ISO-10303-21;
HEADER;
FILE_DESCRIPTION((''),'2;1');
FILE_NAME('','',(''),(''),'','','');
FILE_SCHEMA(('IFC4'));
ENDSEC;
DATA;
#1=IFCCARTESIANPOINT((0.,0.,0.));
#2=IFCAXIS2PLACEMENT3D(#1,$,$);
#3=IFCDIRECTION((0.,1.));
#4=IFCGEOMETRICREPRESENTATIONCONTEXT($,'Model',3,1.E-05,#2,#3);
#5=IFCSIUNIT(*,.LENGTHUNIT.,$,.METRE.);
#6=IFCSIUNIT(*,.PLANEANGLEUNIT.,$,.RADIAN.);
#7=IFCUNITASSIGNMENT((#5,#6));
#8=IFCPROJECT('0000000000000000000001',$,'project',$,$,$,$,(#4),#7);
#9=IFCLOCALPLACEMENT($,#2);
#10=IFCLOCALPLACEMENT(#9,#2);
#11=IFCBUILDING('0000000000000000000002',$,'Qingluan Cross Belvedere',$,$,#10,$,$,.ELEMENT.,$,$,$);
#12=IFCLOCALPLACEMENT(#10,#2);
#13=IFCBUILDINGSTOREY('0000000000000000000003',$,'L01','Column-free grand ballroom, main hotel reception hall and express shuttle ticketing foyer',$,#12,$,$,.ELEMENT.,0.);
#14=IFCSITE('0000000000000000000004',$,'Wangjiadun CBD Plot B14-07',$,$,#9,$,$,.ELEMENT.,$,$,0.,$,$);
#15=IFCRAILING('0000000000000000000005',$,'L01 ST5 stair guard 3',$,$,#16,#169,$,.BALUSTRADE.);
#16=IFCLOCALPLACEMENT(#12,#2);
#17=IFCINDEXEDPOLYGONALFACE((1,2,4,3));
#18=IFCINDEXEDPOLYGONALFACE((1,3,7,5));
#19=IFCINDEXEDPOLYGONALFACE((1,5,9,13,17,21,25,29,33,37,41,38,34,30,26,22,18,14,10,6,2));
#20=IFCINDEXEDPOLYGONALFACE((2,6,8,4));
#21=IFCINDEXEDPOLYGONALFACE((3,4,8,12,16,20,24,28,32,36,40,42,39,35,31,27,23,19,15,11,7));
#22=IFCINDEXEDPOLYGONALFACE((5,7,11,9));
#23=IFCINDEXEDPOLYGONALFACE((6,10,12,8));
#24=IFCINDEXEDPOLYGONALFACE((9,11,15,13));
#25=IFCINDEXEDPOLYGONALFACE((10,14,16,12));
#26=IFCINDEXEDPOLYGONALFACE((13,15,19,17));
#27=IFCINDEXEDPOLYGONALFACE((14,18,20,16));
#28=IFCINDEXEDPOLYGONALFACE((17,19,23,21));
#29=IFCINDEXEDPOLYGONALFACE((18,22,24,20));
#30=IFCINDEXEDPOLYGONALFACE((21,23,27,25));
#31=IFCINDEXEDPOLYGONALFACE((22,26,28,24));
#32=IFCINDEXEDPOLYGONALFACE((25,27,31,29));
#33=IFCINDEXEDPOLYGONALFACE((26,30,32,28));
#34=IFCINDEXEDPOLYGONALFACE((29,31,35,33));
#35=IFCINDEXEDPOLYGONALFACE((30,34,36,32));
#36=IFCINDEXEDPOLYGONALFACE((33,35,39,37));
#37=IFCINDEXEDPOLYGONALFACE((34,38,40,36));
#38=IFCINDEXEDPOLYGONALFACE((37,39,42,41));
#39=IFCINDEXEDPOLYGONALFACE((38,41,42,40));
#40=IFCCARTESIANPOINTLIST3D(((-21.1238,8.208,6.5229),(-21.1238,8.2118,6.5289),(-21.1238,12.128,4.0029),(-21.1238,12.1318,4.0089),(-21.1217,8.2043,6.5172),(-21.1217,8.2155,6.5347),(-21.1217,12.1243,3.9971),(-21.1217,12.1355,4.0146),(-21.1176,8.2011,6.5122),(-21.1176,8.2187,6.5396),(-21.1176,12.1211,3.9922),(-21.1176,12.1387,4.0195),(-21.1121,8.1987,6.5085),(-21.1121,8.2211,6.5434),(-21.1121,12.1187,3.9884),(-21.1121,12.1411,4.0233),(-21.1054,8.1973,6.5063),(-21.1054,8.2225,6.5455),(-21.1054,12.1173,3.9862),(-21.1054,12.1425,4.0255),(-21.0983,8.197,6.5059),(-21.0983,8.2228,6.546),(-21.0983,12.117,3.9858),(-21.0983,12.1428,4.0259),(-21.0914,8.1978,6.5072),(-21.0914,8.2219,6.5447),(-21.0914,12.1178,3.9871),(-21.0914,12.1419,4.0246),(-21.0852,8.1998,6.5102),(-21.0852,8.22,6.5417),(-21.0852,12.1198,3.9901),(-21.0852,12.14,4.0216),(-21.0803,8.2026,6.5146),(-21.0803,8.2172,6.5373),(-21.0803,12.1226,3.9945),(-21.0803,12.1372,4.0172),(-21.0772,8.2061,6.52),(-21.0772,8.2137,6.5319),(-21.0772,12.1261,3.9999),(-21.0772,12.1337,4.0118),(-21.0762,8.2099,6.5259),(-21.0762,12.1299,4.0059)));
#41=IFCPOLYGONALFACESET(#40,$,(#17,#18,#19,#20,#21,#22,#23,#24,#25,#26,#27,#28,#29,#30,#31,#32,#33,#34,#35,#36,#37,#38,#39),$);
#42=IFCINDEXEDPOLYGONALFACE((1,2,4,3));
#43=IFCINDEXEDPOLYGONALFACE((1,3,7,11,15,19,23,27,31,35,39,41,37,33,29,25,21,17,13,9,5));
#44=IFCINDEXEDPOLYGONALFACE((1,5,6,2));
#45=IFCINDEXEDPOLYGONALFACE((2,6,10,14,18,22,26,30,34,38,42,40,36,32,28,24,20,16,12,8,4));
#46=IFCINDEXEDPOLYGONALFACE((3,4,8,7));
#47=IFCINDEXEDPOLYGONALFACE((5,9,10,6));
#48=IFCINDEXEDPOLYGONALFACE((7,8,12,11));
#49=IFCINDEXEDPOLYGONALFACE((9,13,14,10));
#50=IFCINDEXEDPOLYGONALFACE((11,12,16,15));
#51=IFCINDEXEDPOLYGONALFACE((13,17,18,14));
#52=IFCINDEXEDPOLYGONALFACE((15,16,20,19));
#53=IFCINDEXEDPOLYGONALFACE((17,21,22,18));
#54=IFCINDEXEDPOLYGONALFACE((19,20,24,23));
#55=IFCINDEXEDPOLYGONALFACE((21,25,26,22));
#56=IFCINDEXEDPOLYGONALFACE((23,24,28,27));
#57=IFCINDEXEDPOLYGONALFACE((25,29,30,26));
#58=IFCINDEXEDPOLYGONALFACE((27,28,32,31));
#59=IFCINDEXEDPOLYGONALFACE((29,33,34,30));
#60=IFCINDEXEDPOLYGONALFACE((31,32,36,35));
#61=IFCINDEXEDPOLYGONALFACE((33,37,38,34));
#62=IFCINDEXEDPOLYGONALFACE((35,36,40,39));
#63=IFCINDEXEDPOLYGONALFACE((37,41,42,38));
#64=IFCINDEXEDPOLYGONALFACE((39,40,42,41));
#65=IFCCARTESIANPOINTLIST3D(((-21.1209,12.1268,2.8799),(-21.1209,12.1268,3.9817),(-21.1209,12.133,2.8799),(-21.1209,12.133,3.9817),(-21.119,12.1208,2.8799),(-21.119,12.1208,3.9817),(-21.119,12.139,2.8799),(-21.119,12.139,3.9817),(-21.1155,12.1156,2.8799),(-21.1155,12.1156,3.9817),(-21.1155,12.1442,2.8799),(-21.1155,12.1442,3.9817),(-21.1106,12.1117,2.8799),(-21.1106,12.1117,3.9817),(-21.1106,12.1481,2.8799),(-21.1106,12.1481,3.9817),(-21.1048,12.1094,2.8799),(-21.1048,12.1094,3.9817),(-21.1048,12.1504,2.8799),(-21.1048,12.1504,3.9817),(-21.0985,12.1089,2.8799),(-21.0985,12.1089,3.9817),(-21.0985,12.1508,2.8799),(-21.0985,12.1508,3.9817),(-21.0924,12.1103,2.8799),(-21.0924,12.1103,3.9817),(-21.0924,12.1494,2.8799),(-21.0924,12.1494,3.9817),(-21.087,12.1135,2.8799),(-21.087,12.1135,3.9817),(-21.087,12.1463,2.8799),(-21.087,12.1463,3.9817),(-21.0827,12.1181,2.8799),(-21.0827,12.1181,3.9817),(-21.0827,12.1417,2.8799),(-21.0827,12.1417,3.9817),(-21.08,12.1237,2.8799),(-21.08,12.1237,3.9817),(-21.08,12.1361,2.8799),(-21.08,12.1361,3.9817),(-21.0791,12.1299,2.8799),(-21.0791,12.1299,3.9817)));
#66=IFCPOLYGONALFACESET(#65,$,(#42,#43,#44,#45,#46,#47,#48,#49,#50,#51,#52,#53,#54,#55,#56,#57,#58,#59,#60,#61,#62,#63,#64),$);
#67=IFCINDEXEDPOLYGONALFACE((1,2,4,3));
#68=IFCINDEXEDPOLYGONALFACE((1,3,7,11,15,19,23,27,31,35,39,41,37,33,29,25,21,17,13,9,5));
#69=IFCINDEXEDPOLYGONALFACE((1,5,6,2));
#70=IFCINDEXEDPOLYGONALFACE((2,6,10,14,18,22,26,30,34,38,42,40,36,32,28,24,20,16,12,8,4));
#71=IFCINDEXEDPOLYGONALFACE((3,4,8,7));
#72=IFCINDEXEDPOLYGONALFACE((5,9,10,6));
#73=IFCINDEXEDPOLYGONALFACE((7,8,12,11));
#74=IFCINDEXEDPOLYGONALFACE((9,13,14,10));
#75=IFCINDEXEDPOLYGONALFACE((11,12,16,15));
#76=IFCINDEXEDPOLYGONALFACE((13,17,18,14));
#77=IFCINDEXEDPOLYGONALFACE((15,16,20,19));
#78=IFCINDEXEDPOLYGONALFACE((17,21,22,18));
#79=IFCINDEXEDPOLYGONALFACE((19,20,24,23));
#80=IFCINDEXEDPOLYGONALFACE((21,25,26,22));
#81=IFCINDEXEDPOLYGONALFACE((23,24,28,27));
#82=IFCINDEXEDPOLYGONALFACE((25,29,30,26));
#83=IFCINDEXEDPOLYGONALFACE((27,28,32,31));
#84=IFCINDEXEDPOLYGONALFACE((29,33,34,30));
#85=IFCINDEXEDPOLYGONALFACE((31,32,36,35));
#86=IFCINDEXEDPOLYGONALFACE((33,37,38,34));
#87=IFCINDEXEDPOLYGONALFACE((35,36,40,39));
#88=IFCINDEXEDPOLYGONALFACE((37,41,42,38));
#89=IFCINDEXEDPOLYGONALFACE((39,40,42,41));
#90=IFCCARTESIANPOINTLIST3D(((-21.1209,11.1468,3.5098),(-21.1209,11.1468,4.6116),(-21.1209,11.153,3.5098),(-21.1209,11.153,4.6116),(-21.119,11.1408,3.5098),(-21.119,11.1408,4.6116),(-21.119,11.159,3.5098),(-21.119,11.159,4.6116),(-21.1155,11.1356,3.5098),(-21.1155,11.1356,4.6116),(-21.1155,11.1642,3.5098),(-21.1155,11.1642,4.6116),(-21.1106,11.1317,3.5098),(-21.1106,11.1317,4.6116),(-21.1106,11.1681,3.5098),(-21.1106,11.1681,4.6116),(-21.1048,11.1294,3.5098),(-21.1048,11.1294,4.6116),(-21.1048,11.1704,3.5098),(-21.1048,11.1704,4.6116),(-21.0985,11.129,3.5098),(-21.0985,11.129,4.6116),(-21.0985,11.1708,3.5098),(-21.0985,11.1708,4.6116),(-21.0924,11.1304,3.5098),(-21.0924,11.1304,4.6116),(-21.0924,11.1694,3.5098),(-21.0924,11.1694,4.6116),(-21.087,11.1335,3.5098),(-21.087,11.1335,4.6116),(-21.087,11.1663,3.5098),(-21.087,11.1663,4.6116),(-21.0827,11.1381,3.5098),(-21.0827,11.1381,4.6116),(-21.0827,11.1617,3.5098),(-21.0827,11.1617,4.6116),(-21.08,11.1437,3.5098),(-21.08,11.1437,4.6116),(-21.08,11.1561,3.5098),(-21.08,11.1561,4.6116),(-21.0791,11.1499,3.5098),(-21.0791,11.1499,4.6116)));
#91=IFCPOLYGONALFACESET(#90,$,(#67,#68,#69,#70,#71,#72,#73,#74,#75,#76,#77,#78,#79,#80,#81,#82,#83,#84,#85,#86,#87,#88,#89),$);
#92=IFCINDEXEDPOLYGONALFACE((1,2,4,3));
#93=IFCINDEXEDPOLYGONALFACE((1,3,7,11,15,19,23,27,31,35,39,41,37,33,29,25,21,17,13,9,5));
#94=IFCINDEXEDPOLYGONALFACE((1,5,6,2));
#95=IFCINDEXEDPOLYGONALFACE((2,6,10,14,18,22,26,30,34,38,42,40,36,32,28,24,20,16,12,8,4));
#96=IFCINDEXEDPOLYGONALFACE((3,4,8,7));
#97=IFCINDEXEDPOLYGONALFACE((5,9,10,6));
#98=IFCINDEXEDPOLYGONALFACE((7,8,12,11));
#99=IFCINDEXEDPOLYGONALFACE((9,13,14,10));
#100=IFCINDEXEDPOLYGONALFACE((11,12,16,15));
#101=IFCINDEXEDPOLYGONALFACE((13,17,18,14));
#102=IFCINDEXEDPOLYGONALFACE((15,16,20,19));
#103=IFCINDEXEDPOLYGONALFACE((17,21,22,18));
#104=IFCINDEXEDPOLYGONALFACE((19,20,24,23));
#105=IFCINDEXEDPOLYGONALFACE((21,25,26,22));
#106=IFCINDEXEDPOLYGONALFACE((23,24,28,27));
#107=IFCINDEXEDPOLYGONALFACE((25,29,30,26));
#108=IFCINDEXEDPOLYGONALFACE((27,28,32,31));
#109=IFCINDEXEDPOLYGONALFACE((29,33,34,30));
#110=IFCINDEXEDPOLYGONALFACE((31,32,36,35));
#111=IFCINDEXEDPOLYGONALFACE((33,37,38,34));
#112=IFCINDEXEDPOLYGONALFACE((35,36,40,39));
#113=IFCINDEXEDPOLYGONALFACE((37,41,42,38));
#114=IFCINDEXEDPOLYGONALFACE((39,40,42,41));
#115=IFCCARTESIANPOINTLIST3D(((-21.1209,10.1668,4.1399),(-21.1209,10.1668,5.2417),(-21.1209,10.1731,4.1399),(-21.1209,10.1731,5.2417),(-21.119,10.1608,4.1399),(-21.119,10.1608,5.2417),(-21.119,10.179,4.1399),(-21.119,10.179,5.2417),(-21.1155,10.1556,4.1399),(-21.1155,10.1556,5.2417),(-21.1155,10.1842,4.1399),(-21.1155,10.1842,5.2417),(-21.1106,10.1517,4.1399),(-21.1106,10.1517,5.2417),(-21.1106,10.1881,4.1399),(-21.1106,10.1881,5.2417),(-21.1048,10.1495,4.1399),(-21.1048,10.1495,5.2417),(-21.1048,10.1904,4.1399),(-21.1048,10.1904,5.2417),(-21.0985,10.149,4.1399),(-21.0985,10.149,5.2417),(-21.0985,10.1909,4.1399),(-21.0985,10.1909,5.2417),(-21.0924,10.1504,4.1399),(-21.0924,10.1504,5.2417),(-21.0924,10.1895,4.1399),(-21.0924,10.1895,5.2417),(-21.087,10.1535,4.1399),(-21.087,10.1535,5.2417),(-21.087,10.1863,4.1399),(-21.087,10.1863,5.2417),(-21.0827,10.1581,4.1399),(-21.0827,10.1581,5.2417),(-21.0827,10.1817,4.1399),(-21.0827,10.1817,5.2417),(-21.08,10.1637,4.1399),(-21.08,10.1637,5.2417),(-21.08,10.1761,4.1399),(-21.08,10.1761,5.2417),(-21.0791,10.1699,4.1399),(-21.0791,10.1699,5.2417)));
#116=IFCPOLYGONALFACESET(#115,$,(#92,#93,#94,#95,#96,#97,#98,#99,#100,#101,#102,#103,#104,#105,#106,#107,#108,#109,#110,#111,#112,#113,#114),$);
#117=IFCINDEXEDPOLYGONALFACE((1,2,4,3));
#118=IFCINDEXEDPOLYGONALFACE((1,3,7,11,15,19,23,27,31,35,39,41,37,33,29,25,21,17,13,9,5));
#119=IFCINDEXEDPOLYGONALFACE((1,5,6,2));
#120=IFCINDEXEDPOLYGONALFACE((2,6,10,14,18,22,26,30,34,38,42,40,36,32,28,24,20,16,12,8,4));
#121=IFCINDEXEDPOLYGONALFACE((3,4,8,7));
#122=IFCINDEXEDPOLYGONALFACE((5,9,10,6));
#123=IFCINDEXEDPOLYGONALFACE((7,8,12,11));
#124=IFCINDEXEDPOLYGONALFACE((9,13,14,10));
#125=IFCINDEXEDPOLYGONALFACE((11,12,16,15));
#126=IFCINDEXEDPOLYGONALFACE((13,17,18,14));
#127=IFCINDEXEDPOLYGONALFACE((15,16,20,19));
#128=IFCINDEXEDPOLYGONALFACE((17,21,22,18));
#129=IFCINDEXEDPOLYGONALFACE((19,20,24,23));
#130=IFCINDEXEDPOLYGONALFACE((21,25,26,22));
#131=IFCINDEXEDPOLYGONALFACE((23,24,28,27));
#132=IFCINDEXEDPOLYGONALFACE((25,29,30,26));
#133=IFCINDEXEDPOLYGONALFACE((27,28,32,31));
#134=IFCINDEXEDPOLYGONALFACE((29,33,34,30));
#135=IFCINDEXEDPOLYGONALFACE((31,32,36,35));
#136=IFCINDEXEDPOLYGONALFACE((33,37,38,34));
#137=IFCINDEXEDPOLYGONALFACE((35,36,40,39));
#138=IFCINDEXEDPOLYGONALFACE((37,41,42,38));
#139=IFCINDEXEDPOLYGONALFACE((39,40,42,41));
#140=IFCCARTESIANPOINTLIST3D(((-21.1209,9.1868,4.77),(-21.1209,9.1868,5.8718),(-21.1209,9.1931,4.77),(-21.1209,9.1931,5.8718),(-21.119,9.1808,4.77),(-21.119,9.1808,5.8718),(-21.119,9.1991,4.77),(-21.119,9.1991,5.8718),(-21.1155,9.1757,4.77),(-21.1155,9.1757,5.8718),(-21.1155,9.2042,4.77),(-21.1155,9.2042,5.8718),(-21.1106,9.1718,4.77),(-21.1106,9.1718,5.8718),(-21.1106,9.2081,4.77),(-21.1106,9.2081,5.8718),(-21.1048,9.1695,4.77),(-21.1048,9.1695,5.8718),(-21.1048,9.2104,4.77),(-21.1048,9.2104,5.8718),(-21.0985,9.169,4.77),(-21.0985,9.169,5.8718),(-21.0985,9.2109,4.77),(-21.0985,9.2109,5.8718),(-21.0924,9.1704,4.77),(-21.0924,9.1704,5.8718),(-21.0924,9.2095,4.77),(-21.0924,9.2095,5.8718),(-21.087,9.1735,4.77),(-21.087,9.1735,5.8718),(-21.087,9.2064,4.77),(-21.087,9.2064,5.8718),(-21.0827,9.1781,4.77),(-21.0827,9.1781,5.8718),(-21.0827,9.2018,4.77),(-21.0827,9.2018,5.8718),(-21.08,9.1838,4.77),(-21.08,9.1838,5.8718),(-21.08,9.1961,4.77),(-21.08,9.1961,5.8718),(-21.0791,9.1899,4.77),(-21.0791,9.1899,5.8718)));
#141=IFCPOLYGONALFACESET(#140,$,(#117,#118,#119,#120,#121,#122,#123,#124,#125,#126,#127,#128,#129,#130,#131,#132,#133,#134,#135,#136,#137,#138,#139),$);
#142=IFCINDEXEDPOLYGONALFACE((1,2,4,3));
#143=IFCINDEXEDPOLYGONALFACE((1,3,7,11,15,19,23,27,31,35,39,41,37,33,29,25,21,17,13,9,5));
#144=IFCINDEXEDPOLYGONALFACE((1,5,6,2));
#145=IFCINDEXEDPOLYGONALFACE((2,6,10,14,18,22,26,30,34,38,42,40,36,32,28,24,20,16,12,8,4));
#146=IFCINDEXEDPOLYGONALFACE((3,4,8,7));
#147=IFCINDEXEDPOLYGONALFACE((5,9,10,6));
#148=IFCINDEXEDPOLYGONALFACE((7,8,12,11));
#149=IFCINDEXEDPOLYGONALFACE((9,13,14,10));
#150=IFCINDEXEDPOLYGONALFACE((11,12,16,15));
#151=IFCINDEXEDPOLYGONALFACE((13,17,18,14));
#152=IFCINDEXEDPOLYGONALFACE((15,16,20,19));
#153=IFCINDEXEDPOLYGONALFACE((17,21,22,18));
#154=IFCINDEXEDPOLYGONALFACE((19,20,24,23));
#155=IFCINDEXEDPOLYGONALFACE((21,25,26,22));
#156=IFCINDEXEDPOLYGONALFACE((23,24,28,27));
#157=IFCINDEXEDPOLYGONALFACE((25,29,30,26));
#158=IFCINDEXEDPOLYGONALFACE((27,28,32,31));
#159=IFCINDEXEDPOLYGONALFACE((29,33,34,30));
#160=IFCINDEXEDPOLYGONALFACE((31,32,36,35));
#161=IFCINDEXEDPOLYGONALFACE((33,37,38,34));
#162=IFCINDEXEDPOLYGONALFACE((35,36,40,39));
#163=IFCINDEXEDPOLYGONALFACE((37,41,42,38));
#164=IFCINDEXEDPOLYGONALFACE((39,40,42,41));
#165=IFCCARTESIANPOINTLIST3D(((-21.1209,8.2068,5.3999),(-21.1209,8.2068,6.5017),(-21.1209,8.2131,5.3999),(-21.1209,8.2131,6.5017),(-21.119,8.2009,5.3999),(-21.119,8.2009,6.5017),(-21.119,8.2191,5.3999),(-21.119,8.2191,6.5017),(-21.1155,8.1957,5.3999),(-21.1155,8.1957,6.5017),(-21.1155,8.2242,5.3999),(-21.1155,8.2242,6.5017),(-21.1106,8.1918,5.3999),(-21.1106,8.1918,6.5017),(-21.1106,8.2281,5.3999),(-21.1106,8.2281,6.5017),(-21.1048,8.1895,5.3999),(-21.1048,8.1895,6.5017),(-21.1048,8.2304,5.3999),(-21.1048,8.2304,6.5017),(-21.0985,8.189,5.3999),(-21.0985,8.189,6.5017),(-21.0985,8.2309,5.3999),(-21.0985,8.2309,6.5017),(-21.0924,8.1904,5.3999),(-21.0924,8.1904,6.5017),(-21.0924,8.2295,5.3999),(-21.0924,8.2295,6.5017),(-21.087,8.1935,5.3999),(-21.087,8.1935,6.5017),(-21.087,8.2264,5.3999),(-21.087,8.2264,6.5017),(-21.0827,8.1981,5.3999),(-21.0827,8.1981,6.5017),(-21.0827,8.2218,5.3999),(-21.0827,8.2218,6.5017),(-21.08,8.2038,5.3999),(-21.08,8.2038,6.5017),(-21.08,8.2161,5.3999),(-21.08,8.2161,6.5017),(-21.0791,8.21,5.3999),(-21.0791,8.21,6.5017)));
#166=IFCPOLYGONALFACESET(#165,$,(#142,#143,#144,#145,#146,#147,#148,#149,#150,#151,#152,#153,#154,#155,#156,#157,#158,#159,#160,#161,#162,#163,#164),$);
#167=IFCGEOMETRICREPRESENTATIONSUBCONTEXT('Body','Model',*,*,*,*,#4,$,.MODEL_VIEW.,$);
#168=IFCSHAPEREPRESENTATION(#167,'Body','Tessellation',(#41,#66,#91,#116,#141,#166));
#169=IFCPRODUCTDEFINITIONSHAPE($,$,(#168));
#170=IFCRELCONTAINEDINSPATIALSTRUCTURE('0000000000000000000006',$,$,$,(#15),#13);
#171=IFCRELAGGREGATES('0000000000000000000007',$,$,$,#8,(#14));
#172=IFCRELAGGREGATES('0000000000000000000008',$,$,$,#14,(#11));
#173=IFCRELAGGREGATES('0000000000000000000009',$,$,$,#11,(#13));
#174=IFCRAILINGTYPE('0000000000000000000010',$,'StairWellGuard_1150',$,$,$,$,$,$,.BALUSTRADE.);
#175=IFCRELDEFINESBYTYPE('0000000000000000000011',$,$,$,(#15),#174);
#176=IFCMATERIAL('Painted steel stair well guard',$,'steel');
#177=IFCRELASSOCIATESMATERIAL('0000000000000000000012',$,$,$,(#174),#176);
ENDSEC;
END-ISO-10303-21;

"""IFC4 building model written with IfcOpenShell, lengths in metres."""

from ifc_helpers import new_model, si_unit, direction, frame, origin, origin_2d, place, context, subcontext, project, spatial, circle, extrude, material, type_object, element, save


model = new_model("IFC4")

# Units and contexts
model_context = context("Model", 3, precision=1e-05, world=origin(), true_north=direction((0.0, 1.0)))
body_context = subcontext(model_context, "Body", "Model", "MODEL_VIEW")
ifc_project = project(units=[si_unit("LENGTHUNIT", "METRE"), si_unit("PLANEANGLEUNIT", "RADIAN")], contexts=[model_context])

# Site, building, storey
site_placement = place(None, origin())
site = spatial("IfcSite", under=ifc_project, at=site_placement, Name="Wangjiadun CBD Plot B14-07", CompositionType="ELEMENT", RefElevation=0.0)
building_placement = place(site_placement, origin())
building = spatial("IfcBuilding", under=site, at=building_placement, Name="Qingluan Cross Belvedere", CompositionType="ELEMENT")
storey_placement = place(building_placement, origin())
storey = spatial("IfcBuildingStorey", under=building, at=storey_placement, Name="L01", Description="Column-free grand ballroom, main hotel reception hall and express shuttle ticketing foyer", CompositionType="ELEMENT", Elevation=0.0)

# Railing
ifc_material_1 = material(Name="Painted steel stair well guard", Category="steel")
railing_type_1 = type_object("IfcRailingType", Name="StairWellGuard_1150", PredefinedType="BALUSTRADE", material=ifc_material_1)
railing_1_placement = place(storey_placement, frame((-21.1001, 12.1299, 2.8799)))
element("IfcRailing", 1, at=railing_1_placement, inside=storey, type_object=railing_type_1, Name="L01 ST5 stair guard 3", PredefinedType="BALUSTRADE", context=body_context, shape_type="SweptSolid", body=[
    extrude(circle(Radius=0.0239, at=origin_2d()), frame((0.0, 0.0, 1.126), z_axis=(0.0, -0.841172, 0.540768), x_axis=(1.0, 0.0, 0.0)), (0.0, 0.0, 1.0), 4.6602),
    extrude(circle(Radius=0.021, at=origin_2d()), origin(), (0.0, 0.0, 1.0), 1.1018),
    extrude(circle(Radius=0.021, at=origin_2d()), frame((0.0, -0.98, 0.6299)), (0.0, 0.0, 1.0), 1.1018),
    extrude(circle(Radius=0.021, at=origin_2d()), frame((0.0, -1.96, 1.26)), (0.0, 0.0, 1.0), 1.1018),
    extrude(circle(Radius=0.021, at=origin_2d()), frame((0.0, -2.9399, 1.8901)), (0.0, 0.0, 1.0), 1.1018),
    extrude(circle(Radius=0.021, at=origin_2d()), frame((0.0, -3.9199, 2.52)), (0.0, 0.0, 1.0), 1.1018),
])

save(model, "model.ifc")
